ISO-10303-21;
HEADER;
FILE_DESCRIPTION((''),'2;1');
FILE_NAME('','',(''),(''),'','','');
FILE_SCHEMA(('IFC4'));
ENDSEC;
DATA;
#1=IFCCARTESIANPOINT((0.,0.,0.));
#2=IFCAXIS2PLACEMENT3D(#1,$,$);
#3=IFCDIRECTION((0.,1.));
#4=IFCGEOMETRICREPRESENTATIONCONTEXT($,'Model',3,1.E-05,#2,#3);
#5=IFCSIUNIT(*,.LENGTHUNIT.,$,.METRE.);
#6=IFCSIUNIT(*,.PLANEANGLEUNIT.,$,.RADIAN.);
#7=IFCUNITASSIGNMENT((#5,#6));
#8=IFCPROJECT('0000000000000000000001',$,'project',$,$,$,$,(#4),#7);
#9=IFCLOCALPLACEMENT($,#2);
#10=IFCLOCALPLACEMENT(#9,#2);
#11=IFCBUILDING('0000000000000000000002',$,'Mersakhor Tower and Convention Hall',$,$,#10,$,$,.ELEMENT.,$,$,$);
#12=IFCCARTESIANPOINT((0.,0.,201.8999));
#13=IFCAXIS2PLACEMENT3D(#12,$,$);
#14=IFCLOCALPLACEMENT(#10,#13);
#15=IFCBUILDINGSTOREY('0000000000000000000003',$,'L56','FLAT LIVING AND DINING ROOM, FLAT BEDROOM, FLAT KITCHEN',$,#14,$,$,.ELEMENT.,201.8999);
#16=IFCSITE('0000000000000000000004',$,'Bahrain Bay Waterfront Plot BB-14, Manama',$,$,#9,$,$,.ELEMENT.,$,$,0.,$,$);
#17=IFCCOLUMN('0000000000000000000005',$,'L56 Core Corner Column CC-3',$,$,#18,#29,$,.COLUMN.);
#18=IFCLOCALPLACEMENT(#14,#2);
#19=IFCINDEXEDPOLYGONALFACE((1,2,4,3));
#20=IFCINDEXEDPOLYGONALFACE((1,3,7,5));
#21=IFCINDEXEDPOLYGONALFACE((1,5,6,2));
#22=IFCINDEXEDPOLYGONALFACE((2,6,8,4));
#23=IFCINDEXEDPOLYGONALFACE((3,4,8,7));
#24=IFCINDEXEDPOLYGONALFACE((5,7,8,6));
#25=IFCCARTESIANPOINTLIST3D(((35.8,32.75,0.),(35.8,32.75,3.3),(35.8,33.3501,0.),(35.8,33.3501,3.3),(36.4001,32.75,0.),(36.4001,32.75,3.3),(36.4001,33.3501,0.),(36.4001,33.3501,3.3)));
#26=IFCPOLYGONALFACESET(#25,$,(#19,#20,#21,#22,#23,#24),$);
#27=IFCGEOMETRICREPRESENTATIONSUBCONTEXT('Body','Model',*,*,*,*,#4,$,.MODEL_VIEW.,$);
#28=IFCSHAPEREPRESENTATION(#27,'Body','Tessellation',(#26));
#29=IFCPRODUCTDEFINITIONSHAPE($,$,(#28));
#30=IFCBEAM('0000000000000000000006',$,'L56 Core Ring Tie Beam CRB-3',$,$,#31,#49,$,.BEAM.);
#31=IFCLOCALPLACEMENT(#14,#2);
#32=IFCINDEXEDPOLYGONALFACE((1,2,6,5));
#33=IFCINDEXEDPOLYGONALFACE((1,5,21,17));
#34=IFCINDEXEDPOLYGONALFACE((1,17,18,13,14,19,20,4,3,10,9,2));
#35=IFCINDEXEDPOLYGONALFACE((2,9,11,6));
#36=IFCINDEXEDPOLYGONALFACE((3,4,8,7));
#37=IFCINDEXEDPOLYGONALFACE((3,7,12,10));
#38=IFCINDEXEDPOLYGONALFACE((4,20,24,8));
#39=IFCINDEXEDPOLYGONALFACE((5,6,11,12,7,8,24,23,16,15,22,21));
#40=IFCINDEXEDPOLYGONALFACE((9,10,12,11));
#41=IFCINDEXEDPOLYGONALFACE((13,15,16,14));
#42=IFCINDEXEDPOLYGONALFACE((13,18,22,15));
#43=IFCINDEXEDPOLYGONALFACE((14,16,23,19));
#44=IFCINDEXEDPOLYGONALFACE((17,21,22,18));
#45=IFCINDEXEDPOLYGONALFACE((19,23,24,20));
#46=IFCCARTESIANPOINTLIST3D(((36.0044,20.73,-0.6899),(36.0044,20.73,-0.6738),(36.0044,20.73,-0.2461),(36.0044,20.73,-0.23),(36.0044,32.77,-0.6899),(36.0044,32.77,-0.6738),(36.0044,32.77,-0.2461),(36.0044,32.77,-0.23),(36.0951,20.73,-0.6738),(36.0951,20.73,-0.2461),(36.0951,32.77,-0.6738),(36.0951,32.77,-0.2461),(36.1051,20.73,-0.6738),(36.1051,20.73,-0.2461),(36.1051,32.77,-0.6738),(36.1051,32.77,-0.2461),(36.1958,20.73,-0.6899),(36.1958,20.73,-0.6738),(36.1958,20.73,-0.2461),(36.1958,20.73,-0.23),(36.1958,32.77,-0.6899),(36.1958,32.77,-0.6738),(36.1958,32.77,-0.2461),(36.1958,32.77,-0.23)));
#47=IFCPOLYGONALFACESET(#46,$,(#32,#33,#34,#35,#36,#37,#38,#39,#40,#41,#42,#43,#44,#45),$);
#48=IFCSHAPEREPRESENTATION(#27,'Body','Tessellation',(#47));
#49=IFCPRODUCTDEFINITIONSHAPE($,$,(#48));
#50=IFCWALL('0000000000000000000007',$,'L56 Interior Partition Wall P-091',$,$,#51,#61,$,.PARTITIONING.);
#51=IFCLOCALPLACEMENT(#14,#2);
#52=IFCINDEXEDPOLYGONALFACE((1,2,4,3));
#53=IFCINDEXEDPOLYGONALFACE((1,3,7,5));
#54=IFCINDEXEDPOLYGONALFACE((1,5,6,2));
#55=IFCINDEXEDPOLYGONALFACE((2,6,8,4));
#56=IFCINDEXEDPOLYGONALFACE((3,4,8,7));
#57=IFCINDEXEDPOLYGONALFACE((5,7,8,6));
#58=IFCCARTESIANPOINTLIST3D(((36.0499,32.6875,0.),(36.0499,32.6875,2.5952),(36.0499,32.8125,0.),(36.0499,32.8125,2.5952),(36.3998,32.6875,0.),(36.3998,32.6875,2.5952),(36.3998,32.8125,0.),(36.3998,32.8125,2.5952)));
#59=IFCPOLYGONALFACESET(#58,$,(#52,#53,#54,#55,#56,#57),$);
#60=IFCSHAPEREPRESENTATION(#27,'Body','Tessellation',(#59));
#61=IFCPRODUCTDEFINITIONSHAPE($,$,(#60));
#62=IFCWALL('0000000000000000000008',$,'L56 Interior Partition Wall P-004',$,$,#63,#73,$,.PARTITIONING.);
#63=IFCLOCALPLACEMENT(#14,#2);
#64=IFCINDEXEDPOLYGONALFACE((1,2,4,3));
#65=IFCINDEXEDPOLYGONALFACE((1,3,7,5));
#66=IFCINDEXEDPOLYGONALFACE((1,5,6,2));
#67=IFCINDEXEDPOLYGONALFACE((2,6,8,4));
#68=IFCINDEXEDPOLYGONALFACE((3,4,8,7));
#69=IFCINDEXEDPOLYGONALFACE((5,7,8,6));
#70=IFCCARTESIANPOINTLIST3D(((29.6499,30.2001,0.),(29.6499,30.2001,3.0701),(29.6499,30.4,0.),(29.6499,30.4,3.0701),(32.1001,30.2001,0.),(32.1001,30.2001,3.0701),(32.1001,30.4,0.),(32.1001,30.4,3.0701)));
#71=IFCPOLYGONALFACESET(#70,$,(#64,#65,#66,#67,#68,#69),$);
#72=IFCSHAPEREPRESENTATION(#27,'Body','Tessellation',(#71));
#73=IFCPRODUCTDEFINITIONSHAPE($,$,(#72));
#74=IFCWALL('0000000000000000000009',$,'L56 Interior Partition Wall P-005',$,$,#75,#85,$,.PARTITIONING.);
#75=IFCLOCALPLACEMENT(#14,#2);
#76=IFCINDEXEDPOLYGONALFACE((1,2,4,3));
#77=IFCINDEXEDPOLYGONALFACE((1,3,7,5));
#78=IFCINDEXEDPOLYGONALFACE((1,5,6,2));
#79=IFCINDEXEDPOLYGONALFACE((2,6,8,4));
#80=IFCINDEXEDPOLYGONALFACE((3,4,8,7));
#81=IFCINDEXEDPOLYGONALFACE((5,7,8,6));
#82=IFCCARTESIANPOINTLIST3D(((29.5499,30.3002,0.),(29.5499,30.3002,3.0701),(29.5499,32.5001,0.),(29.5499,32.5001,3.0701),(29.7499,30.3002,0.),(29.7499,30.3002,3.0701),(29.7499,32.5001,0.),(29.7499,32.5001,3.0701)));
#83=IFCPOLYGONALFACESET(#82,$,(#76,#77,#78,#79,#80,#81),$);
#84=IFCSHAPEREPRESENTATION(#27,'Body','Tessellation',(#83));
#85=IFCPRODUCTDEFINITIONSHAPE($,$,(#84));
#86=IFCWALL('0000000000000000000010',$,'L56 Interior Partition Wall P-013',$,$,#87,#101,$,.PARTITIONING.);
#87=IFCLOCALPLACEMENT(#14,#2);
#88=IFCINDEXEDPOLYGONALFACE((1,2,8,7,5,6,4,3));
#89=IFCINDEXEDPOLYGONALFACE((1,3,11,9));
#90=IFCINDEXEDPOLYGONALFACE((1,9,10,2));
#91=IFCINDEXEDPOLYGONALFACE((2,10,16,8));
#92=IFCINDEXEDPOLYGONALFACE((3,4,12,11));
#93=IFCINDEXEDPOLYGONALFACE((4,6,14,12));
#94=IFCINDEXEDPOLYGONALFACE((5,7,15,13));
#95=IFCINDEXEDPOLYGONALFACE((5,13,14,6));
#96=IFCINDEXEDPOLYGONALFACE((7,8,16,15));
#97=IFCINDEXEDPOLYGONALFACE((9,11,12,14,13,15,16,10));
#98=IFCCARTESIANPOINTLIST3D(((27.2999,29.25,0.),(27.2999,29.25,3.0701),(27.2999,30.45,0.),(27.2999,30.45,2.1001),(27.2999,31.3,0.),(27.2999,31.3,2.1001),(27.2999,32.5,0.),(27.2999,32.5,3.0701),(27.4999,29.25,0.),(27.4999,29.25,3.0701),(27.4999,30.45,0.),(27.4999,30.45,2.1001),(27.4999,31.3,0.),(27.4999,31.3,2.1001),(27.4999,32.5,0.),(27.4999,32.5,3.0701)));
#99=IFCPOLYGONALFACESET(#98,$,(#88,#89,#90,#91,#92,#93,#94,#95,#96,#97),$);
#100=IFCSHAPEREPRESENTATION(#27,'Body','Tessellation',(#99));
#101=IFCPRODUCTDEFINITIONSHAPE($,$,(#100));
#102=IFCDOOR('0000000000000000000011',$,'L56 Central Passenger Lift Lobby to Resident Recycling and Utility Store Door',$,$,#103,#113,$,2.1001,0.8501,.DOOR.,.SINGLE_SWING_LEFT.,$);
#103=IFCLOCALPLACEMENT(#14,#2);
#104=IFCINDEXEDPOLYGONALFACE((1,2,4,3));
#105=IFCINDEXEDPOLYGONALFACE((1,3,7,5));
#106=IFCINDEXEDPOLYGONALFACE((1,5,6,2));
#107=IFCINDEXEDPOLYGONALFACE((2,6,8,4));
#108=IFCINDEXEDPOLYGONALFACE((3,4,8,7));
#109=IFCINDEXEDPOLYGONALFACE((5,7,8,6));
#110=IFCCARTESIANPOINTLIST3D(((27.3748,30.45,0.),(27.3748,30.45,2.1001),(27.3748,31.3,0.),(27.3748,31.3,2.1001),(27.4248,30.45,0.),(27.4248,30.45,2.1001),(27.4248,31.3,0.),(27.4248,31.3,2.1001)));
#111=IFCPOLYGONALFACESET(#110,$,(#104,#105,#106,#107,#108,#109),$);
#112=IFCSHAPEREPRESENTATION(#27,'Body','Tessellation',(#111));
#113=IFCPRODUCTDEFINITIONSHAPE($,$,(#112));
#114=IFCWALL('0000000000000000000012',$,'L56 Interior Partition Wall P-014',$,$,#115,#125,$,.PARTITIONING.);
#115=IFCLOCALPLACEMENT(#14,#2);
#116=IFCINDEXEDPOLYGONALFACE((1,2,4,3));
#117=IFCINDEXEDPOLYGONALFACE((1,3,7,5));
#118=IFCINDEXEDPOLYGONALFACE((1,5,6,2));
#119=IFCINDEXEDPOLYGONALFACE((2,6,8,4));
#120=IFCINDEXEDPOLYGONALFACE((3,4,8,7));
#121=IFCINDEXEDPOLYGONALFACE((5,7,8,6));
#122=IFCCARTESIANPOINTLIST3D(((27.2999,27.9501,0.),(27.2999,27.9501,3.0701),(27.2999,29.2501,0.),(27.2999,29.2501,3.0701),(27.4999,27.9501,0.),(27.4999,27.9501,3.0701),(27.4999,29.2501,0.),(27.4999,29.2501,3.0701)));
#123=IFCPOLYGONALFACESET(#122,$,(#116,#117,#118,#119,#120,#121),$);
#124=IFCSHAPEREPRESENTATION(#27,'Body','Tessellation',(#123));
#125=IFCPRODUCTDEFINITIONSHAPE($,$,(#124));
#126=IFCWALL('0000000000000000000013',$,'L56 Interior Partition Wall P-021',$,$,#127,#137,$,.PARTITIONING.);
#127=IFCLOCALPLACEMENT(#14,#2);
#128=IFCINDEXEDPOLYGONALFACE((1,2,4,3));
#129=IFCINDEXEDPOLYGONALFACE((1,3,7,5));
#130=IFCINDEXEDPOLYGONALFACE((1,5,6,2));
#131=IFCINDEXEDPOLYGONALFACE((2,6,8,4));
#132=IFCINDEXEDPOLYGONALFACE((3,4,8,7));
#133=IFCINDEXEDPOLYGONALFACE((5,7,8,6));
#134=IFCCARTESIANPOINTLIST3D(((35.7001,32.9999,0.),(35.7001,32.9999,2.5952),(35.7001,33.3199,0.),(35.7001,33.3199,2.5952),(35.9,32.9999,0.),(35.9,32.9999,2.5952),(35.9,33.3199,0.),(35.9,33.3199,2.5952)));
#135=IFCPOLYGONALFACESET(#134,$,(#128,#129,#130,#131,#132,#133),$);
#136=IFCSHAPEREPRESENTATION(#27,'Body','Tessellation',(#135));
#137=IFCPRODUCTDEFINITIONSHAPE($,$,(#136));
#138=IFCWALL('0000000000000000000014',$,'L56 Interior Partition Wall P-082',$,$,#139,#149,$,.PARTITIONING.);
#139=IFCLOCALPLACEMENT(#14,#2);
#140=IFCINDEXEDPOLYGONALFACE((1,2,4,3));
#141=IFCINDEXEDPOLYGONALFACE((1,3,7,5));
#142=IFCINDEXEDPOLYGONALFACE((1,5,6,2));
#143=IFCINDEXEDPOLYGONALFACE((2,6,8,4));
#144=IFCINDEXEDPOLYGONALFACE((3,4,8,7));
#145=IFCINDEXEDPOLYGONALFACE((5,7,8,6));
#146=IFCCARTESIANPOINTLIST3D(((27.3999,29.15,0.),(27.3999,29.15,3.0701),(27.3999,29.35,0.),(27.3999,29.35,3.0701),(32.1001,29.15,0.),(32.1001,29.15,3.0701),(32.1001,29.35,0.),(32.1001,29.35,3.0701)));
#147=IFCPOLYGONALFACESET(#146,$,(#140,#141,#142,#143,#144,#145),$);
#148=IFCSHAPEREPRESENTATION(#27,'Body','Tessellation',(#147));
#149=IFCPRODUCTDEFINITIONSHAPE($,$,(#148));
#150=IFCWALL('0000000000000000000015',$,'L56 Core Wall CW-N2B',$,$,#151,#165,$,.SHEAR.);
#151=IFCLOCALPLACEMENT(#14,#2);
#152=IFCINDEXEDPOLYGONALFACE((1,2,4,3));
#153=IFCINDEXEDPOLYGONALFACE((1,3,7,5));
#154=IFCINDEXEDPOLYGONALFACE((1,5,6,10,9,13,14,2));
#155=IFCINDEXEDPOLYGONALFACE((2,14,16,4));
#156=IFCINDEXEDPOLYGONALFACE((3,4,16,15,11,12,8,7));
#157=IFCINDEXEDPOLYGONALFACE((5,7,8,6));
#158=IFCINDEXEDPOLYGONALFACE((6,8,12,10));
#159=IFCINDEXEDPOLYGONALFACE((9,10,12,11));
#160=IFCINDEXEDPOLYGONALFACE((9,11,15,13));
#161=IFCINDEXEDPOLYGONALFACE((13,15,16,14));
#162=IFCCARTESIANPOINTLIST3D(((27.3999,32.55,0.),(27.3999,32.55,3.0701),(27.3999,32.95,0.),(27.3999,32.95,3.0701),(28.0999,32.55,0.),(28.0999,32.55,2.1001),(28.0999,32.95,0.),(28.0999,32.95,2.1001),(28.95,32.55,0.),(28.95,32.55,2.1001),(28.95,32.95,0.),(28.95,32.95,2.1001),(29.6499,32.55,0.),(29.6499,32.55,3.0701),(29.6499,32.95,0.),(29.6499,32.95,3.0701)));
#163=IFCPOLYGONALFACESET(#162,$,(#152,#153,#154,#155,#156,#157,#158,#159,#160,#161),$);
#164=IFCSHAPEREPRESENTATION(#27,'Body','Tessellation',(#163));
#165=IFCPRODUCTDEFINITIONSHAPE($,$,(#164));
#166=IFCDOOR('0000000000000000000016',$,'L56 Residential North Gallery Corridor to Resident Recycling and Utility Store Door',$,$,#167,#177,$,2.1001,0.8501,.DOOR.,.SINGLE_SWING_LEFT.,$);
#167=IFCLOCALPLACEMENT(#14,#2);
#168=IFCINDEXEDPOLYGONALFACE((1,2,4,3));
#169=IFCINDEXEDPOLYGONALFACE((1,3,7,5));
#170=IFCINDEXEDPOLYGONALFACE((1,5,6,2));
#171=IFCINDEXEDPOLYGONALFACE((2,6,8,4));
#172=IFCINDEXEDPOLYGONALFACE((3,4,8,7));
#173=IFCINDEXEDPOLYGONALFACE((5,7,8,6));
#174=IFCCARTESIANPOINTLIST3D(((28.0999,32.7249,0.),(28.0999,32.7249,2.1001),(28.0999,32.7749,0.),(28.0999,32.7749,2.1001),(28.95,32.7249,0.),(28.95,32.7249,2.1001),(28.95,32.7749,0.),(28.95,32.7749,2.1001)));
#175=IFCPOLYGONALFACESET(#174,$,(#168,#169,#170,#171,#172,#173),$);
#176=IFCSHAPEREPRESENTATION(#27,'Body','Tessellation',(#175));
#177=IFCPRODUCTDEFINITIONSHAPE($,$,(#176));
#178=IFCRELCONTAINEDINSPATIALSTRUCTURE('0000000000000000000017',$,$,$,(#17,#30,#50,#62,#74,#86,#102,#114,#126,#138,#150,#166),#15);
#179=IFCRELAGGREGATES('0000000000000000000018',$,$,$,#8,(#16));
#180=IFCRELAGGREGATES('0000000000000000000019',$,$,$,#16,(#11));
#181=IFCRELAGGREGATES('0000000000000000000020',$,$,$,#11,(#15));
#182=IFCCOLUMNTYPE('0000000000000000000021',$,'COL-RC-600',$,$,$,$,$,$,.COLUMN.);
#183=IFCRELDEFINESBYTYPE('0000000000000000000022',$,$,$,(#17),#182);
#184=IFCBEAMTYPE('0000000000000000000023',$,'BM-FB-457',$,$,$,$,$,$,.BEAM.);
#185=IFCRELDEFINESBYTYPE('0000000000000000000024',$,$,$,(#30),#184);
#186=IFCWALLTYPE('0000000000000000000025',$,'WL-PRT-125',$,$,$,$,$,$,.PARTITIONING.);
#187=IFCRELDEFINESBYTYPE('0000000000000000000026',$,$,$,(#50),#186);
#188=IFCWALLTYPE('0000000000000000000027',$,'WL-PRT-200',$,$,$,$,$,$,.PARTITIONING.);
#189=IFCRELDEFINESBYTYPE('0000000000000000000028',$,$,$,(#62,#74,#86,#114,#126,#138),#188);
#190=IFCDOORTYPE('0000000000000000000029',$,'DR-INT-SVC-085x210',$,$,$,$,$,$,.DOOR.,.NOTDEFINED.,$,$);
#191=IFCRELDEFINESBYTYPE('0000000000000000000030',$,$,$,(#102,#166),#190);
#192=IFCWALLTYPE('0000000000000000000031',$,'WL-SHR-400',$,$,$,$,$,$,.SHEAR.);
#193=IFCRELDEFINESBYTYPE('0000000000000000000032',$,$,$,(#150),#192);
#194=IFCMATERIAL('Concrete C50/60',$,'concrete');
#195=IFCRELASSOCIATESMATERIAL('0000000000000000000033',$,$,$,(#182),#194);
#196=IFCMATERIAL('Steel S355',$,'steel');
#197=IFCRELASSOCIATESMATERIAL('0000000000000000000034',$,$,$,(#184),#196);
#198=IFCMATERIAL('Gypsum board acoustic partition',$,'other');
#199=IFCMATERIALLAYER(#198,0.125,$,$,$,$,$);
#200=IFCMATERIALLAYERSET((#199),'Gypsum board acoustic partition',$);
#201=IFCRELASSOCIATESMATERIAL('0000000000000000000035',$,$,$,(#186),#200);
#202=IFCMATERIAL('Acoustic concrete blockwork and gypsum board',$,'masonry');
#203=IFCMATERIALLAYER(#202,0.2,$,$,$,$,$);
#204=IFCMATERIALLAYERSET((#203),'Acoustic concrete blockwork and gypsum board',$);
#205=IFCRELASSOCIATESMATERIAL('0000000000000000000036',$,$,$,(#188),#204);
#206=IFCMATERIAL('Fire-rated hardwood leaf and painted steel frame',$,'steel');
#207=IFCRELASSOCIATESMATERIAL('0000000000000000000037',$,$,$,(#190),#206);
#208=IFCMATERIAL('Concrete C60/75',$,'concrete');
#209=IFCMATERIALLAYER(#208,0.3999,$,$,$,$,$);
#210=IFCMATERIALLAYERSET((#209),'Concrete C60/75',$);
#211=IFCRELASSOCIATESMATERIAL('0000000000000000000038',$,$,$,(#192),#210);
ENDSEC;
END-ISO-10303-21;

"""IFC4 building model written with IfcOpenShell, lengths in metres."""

from ifc_helpers import new_model, si_unit, direction, frame, frame_2d, origin, origin_2d, place, context, subcontext, project, spatial, rectangle, i_section, extrude, material, layer, layer_set, material_profile, profile_set, type_object, element, fill, save


model = new_model("IFC4")

# Units and contexts
model_context = context("Model", 3, precision=1e-05, world=origin(), true_north=direction((0.0, 1.0)))
body_context = subcontext(model_context, "Body", "Model", "MODEL_VIEW")
ifc_project = project(units=[si_unit("LENGTHUNIT", "METRE"), si_unit("PLANEANGLEUNIT", "RADIAN")], contexts=[model_context])

# Site, building, storey
site_placement = place(None, origin())
site = spatial("IfcSite", under=ifc_project, at=site_placement, Name="Bahrain Bay Waterfront Plot BB-14, Manama", CompositionType="ELEMENT", RefElevation=0.0)
building_placement = place(site_placement, origin())
building = spatial("IfcBuilding", under=site, at=building_placement, Name="Mersakhor Tower and Convention Hall", CompositionType="ELEMENT")
storey_placement = place(building_placement, frame((0.0, 0.0, 201.8999)))
storey = spatial("IfcBuildingStorey", under=building, at=storey_placement, Name="L56", Description="FLAT LIVING AND DINING ROOM, FLAT BEDROOM, FLAT KITCHEN", CompositionType="ELEMENT", Elevation=201.8999)

# Column
ifc_material_1 = material(Name="Concrete C50/60", Category="concrete")
ifc_material_profile_1 = material_profile(ifc_material_1, rectangle(XDim=0.6001, YDim=0.6001, at=origin_2d()), Name="RC 600x600")
ifc_profile_set_1 = profile_set([ifc_material_profile_1], Name="Concrete C50/60")
column_type = type_object("IfcColumnType", Name="COL-RC-600", PredefinedType="COLUMN", material=ifc_profile_set_1)
column_placement = place(storey_placement, frame((36.1001, 33.05, 0.0), z_axis=(0.0, 0.0, 1.0), x_axis=(1.0, 0.0, 0.0)))
element("IfcColumn", 1, at=column_placement, inside=storey, type_object=column_type, Name="L56 Core Corner Column CC-3", PredefinedType="COLUMN", context=body_context, shape_type="SweptSolid", body=[
    extrude(rectangle(XDim=0.6001, YDim=0.6001, at=origin_2d()), origin(), (0.0, 0.0, 1.0), 3.3),
])

# Beam
ifc_material_2 = material(Name="Steel S355", Category="steel")
ifc_material_profile_2 = material_profile(ifc_material_2, i_section(OverallWidth=0.1914, OverallDepth=0.46, WebThickness=0.01, FlangeThickness=0.0161, at=origin_2d()), Name="UB 457x191x82")
ifc_profile_set_2 = profile_set([ifc_material_profile_2], Name="Steel S355")
beam_type = type_object("IfcBeamType", Name="BM-FB-457", PredefinedType="BEAM", material=ifc_profile_set_2)
beam_placement = place(storey_placement, frame((36.1001, 32.77, -0.46), z_axis=(0.0, -1.0, 0.0), x_axis=(1.0, 0.0, 0.0)))
element("IfcBeam", 2, at=beam_placement, inside=storey, type_object=beam_type, Name="L56 Core Ring Tie Beam CRB-3", PredefinedType="BEAM", context=body_context, shape_type="SweptSolid", body=[
    extrude(i_section(OverallWidth=0.1914, OverallDepth=0.46, WebThickness=0.01, FlangeThickness=0.0161, at=origin_2d()), origin(), (0.0, 0.0, 1.0), 12.04),
])

# Walls
ifc_material_3 = material(Name="Gypsum board acoustic partition", Category="other")
ifc_layer_1 = layer(ifc_material_3, 0.125)
ifc_layer_set_1 = layer_set([ifc_layer_1], Name="Gypsum board acoustic partition")
wall_type_1 = type_object("IfcWallType", Name="WL-PRT-125", PredefinedType="PARTITIONING", material=ifc_layer_set_1)
wall_1_placement = place(storey_placement, frame((36.05, 32.75, 0.0), z_axis=(0.0, 0.0, 1.0), x_axis=(1.0, 0.0, 0.0)))
element("IfcWall", 3, at=wall_1_placement, inside=storey, type_object=wall_type_1, Name="L56 Interior Partition Wall P-091", PredefinedType="PARTITIONING", context=body_context, shape_type="SweptSolid", body=[
    extrude(rectangle(XDim=0.3499, YDim=0.125, at=frame_2d((0.1748, 0.0))), origin(), (0.0, 0.0, 1.0), 2.5952),
])
ifc_material_4 = material(Name="Acoustic concrete blockwork and gypsum board", Category="masonry")
ifc_layer_2 = layer(ifc_material_4, 0.2)
ifc_layer_set_2 = layer_set([ifc_layer_2], Name="Acoustic concrete blockwork and gypsum board")
wall_type_2 = type_object("IfcWallType", Name="WL-PRT-200", PredefinedType="PARTITIONING", material=ifc_layer_set_2)
wall_2_placement = place(storey_placement, frame((32.1001, 30.3, 0.0), z_axis=(0.0, 0.0, 1.0), x_axis=(-1.0, 0.0, 0.0)))
element("IfcWall", 4, at=wall_2_placement, inside=storey, type_object=wall_type_2, Name="L56 Interior Partition Wall P-004", PredefinedType="PARTITIONING", context=body_context, shape_type="SweptSolid", body=[
    extrude(rectangle(XDim=2.4502, YDim=0.2, at=frame_2d((1.2251, 0.0))), origin(), (0.0, 0.0, 1.0), 3.0701),
])
wall_3_placement = place(storey_placement, frame((29.6499, 30.3, 0.0), z_axis=(0.0, 0.0, 1.0), x_axis=(0.0, 1.0, 0.0)))
element("IfcWall", 5, at=wall_3_placement, inside=storey, type_object=wall_type_2, Name="L56 Interior Partition Wall P-005", PredefinedType="PARTITIONING", context=body_context, shape_type="SweptSolid", body=[
    extrude(rectangle(XDim=2.2, YDim=0.2, at=frame_2d((1.1001, 0.0))), origin(), (0.0, 0.0, 1.0), 3.0701),
])

# Wall, opening, door
wall_4_placement = place(storey_placement, frame((27.3999, 32.5, 0.0), z_axis=(0.0, 0.0, 1.0), x_axis=(0.0, -1.0, 0.0)))
wall_4 = element("IfcWall", 6, at=wall_4_placement, inside=storey, type_object=wall_type_2, Name="L56 Interior Partition Wall P-013", PredefinedType="PARTITIONING", context=body_context, shape_type="SweptSolid", body=[
    extrude(rectangle(XDim=3.25, YDim=0.2, at=frame_2d((1.625, 0.0))), origin(), (0.0, 0.0, 1.0), 3.0701),
])
opening_1_placement = place(wall_4_placement, frame((1.2, 0.0, 0.0)))
opening_1 = element("IfcOpeningElement", 7, at=opening_1_placement, cuts=wall_4, PredefinedType="OPENING", context=body_context, shape_type="SweptSolid", body=[
    extrude(rectangle(XDim=0.8501, YDim=2.1001, at=frame_2d((0.425, 1.05))), frame((0.0, 0.1099, 0.0), z_axis=(0.0, -1.0, 0.0), x_axis=(1.0, 0.0, 0.0)), (0.0, 0.0, 1.0), 0.22),
])
ifc_material_5 = material(Name="Fire-rated hardwood leaf and painted steel frame", Category="steel")
door_type_1 = type_object("IfcDoorType", Name="DR-INT-SVC-085x210", OperationType="NOTDEFINED", PredefinedType="DOOR", material=ifc_material_5)
door_1_placement = place(opening_1_placement, origin())
door_1 = element("IfcDoor", 8, at=door_1_placement, inside=storey, type_object=door_type_1, Name="L56 Central Passenger Lift Lobby to Resident Recycling and Utility Store Door", OperationType="SINGLE_SWING_LEFT", OverallHeight=2.1001, OverallWidth=0.8501, PredefinedType="DOOR", context=body_context, shape_type="SweptSolid", body=[
    extrude(rectangle(XDim=0.8501, YDim=2.1001, at=frame_2d((0.425, 1.05))), frame((0.0, 0.0249, 0.0), z_axis=(0.0, -1.0, 0.0), x_axis=(1.0, 0.0, 0.0)), (0.0, 0.0, 1.0), 0.05),
])
fill(opening_1, door_1)

# Wall
wall_5_placement = place(storey_placement, frame((27.3999, 29.25, 0.0), z_axis=(0.0, 0.0, 1.0), x_axis=(0.0, -1.0, 0.0)))
element("IfcWall", 9, at=wall_5_placement, inside=storey, type_object=wall_type_2, Name="L56 Interior Partition Wall P-014", PredefinedType="PARTITIONING", context=body_context, shape_type="SweptSolid", body=[
    extrude(rectangle(XDim=1.3, YDim=0.2, at=frame_2d((0.6499, 0.0))), origin(), (0.0, 0.0, 1.0), 3.0701),
])

# Walls
wall_6_placement = place(storey_placement, frame((35.8, 33.3201, 0.0), z_axis=(0.0, 0.0, 1.0), x_axis=(0.0, -1.0, 0.0)))
element("IfcWall", 10, at=wall_6_placement, inside=storey, type_object=wall_type_2, Name="L56 Interior Partition Wall P-021", PredefinedType="PARTITIONING", context=body_context, shape_type="SweptSolid", body=[
    extrude(rectangle(XDim=0.3201, YDim=0.2, at=frame_2d((0.1602, 0.0))), origin(), (0.0, 0.0, 1.0), 2.5952),
])
wall_7_placement = place(storey_placement, frame((32.1001, 29.25, 0.0), z_axis=(0.0, 0.0, 1.0), x_axis=(-1.0, 0.0, 0.0)))
element("IfcWall", 11, at=wall_7_placement, inside=storey, type_object=wall_type_2, Name="L56 Interior Partition Wall P-082", PredefinedType="PARTITIONING", context=body_context, shape_type="SweptSolid", body=[
    extrude(rectangle(XDim=4.7002, YDim=0.2, at=frame_2d((2.3501, 0.0))), origin(), (0.0, 0.0, 1.0), 3.0701),
])

# Wall, opening, door
ifc_material_6 = material(Name="Concrete C60/75", Category="concrete")
ifc_layer_3 = layer(ifc_material_6, 0.3999)
ifc_layer_set_3 = layer_set([ifc_layer_3], Name="Concrete C60/75")
wall_type_3 = type_object("IfcWallType", Name="WL-SHR-400", PredefinedType="SHEAR", material=ifc_layer_set_3)
wall_8_placement = place(storey_placement, frame((27.3999, 32.75, 0.0), z_axis=(0.0, 0.0, 1.0), x_axis=(1.0, 0.0, 0.0)))
wall_8 = element("IfcWall", 12, at=wall_8_placement, inside=storey, type_object=wall_type_3, Name="L56 Core Wall CW-N2B", PredefinedType="SHEAR", context=body_context, shape_type="SweptSolid", body=[
    extrude(rectangle(XDim=2.25, YDim=0.3999, at=frame_2d((1.125, 0.0))), origin(), (0.0, 0.0, 1.0), 3.0701),
])
opening_2_placement = place(wall_8_placement, frame((0.7, 0.0, 0.0)))
opening_2 = element("IfcOpeningElement", 13, at=opening_2_placement, cuts=wall_8, PredefinedType="OPENING", context=body_context, shape_type="SweptSolid", body=[
    extrude(rectangle(XDim=0.8501, YDim=2.1001, at=frame_2d((0.425, 1.05))), frame((0.0, 0.21, 0.0), z_axis=(0.0, -1.0, 0.0), x_axis=(1.0, 0.0, 0.0)), (0.0, 0.0, 1.0), 0.4199),
])
door_2_placement = place(opening_2_placement, origin())
door_2 = element("IfcDoor", 14, at=door_2_placement, inside=storey, type_object=door_type_1, Name="L56 Residential North Gallery Corridor to Resident Recycling and Utility Store Door", OperationType="SINGLE_SWING_LEFT", OverallHeight=2.1001, OverallWidth=0.8501, PredefinedType="DOOR", context=body_context, shape_type="SweptSolid", body=[
    extrude(rectangle(XDim=0.8501, YDim=2.1001, at=frame_2d((0.425, 1.05))), frame((0.0, 0.0249, 0.0), z_axis=(0.0, -1.0, 0.0), x_axis=(1.0, 0.0, 0.0)), (0.0, 0.0, 1.0), 0.05),
])
fill(opening_2, door_2)

save(model, "model.ifc")
